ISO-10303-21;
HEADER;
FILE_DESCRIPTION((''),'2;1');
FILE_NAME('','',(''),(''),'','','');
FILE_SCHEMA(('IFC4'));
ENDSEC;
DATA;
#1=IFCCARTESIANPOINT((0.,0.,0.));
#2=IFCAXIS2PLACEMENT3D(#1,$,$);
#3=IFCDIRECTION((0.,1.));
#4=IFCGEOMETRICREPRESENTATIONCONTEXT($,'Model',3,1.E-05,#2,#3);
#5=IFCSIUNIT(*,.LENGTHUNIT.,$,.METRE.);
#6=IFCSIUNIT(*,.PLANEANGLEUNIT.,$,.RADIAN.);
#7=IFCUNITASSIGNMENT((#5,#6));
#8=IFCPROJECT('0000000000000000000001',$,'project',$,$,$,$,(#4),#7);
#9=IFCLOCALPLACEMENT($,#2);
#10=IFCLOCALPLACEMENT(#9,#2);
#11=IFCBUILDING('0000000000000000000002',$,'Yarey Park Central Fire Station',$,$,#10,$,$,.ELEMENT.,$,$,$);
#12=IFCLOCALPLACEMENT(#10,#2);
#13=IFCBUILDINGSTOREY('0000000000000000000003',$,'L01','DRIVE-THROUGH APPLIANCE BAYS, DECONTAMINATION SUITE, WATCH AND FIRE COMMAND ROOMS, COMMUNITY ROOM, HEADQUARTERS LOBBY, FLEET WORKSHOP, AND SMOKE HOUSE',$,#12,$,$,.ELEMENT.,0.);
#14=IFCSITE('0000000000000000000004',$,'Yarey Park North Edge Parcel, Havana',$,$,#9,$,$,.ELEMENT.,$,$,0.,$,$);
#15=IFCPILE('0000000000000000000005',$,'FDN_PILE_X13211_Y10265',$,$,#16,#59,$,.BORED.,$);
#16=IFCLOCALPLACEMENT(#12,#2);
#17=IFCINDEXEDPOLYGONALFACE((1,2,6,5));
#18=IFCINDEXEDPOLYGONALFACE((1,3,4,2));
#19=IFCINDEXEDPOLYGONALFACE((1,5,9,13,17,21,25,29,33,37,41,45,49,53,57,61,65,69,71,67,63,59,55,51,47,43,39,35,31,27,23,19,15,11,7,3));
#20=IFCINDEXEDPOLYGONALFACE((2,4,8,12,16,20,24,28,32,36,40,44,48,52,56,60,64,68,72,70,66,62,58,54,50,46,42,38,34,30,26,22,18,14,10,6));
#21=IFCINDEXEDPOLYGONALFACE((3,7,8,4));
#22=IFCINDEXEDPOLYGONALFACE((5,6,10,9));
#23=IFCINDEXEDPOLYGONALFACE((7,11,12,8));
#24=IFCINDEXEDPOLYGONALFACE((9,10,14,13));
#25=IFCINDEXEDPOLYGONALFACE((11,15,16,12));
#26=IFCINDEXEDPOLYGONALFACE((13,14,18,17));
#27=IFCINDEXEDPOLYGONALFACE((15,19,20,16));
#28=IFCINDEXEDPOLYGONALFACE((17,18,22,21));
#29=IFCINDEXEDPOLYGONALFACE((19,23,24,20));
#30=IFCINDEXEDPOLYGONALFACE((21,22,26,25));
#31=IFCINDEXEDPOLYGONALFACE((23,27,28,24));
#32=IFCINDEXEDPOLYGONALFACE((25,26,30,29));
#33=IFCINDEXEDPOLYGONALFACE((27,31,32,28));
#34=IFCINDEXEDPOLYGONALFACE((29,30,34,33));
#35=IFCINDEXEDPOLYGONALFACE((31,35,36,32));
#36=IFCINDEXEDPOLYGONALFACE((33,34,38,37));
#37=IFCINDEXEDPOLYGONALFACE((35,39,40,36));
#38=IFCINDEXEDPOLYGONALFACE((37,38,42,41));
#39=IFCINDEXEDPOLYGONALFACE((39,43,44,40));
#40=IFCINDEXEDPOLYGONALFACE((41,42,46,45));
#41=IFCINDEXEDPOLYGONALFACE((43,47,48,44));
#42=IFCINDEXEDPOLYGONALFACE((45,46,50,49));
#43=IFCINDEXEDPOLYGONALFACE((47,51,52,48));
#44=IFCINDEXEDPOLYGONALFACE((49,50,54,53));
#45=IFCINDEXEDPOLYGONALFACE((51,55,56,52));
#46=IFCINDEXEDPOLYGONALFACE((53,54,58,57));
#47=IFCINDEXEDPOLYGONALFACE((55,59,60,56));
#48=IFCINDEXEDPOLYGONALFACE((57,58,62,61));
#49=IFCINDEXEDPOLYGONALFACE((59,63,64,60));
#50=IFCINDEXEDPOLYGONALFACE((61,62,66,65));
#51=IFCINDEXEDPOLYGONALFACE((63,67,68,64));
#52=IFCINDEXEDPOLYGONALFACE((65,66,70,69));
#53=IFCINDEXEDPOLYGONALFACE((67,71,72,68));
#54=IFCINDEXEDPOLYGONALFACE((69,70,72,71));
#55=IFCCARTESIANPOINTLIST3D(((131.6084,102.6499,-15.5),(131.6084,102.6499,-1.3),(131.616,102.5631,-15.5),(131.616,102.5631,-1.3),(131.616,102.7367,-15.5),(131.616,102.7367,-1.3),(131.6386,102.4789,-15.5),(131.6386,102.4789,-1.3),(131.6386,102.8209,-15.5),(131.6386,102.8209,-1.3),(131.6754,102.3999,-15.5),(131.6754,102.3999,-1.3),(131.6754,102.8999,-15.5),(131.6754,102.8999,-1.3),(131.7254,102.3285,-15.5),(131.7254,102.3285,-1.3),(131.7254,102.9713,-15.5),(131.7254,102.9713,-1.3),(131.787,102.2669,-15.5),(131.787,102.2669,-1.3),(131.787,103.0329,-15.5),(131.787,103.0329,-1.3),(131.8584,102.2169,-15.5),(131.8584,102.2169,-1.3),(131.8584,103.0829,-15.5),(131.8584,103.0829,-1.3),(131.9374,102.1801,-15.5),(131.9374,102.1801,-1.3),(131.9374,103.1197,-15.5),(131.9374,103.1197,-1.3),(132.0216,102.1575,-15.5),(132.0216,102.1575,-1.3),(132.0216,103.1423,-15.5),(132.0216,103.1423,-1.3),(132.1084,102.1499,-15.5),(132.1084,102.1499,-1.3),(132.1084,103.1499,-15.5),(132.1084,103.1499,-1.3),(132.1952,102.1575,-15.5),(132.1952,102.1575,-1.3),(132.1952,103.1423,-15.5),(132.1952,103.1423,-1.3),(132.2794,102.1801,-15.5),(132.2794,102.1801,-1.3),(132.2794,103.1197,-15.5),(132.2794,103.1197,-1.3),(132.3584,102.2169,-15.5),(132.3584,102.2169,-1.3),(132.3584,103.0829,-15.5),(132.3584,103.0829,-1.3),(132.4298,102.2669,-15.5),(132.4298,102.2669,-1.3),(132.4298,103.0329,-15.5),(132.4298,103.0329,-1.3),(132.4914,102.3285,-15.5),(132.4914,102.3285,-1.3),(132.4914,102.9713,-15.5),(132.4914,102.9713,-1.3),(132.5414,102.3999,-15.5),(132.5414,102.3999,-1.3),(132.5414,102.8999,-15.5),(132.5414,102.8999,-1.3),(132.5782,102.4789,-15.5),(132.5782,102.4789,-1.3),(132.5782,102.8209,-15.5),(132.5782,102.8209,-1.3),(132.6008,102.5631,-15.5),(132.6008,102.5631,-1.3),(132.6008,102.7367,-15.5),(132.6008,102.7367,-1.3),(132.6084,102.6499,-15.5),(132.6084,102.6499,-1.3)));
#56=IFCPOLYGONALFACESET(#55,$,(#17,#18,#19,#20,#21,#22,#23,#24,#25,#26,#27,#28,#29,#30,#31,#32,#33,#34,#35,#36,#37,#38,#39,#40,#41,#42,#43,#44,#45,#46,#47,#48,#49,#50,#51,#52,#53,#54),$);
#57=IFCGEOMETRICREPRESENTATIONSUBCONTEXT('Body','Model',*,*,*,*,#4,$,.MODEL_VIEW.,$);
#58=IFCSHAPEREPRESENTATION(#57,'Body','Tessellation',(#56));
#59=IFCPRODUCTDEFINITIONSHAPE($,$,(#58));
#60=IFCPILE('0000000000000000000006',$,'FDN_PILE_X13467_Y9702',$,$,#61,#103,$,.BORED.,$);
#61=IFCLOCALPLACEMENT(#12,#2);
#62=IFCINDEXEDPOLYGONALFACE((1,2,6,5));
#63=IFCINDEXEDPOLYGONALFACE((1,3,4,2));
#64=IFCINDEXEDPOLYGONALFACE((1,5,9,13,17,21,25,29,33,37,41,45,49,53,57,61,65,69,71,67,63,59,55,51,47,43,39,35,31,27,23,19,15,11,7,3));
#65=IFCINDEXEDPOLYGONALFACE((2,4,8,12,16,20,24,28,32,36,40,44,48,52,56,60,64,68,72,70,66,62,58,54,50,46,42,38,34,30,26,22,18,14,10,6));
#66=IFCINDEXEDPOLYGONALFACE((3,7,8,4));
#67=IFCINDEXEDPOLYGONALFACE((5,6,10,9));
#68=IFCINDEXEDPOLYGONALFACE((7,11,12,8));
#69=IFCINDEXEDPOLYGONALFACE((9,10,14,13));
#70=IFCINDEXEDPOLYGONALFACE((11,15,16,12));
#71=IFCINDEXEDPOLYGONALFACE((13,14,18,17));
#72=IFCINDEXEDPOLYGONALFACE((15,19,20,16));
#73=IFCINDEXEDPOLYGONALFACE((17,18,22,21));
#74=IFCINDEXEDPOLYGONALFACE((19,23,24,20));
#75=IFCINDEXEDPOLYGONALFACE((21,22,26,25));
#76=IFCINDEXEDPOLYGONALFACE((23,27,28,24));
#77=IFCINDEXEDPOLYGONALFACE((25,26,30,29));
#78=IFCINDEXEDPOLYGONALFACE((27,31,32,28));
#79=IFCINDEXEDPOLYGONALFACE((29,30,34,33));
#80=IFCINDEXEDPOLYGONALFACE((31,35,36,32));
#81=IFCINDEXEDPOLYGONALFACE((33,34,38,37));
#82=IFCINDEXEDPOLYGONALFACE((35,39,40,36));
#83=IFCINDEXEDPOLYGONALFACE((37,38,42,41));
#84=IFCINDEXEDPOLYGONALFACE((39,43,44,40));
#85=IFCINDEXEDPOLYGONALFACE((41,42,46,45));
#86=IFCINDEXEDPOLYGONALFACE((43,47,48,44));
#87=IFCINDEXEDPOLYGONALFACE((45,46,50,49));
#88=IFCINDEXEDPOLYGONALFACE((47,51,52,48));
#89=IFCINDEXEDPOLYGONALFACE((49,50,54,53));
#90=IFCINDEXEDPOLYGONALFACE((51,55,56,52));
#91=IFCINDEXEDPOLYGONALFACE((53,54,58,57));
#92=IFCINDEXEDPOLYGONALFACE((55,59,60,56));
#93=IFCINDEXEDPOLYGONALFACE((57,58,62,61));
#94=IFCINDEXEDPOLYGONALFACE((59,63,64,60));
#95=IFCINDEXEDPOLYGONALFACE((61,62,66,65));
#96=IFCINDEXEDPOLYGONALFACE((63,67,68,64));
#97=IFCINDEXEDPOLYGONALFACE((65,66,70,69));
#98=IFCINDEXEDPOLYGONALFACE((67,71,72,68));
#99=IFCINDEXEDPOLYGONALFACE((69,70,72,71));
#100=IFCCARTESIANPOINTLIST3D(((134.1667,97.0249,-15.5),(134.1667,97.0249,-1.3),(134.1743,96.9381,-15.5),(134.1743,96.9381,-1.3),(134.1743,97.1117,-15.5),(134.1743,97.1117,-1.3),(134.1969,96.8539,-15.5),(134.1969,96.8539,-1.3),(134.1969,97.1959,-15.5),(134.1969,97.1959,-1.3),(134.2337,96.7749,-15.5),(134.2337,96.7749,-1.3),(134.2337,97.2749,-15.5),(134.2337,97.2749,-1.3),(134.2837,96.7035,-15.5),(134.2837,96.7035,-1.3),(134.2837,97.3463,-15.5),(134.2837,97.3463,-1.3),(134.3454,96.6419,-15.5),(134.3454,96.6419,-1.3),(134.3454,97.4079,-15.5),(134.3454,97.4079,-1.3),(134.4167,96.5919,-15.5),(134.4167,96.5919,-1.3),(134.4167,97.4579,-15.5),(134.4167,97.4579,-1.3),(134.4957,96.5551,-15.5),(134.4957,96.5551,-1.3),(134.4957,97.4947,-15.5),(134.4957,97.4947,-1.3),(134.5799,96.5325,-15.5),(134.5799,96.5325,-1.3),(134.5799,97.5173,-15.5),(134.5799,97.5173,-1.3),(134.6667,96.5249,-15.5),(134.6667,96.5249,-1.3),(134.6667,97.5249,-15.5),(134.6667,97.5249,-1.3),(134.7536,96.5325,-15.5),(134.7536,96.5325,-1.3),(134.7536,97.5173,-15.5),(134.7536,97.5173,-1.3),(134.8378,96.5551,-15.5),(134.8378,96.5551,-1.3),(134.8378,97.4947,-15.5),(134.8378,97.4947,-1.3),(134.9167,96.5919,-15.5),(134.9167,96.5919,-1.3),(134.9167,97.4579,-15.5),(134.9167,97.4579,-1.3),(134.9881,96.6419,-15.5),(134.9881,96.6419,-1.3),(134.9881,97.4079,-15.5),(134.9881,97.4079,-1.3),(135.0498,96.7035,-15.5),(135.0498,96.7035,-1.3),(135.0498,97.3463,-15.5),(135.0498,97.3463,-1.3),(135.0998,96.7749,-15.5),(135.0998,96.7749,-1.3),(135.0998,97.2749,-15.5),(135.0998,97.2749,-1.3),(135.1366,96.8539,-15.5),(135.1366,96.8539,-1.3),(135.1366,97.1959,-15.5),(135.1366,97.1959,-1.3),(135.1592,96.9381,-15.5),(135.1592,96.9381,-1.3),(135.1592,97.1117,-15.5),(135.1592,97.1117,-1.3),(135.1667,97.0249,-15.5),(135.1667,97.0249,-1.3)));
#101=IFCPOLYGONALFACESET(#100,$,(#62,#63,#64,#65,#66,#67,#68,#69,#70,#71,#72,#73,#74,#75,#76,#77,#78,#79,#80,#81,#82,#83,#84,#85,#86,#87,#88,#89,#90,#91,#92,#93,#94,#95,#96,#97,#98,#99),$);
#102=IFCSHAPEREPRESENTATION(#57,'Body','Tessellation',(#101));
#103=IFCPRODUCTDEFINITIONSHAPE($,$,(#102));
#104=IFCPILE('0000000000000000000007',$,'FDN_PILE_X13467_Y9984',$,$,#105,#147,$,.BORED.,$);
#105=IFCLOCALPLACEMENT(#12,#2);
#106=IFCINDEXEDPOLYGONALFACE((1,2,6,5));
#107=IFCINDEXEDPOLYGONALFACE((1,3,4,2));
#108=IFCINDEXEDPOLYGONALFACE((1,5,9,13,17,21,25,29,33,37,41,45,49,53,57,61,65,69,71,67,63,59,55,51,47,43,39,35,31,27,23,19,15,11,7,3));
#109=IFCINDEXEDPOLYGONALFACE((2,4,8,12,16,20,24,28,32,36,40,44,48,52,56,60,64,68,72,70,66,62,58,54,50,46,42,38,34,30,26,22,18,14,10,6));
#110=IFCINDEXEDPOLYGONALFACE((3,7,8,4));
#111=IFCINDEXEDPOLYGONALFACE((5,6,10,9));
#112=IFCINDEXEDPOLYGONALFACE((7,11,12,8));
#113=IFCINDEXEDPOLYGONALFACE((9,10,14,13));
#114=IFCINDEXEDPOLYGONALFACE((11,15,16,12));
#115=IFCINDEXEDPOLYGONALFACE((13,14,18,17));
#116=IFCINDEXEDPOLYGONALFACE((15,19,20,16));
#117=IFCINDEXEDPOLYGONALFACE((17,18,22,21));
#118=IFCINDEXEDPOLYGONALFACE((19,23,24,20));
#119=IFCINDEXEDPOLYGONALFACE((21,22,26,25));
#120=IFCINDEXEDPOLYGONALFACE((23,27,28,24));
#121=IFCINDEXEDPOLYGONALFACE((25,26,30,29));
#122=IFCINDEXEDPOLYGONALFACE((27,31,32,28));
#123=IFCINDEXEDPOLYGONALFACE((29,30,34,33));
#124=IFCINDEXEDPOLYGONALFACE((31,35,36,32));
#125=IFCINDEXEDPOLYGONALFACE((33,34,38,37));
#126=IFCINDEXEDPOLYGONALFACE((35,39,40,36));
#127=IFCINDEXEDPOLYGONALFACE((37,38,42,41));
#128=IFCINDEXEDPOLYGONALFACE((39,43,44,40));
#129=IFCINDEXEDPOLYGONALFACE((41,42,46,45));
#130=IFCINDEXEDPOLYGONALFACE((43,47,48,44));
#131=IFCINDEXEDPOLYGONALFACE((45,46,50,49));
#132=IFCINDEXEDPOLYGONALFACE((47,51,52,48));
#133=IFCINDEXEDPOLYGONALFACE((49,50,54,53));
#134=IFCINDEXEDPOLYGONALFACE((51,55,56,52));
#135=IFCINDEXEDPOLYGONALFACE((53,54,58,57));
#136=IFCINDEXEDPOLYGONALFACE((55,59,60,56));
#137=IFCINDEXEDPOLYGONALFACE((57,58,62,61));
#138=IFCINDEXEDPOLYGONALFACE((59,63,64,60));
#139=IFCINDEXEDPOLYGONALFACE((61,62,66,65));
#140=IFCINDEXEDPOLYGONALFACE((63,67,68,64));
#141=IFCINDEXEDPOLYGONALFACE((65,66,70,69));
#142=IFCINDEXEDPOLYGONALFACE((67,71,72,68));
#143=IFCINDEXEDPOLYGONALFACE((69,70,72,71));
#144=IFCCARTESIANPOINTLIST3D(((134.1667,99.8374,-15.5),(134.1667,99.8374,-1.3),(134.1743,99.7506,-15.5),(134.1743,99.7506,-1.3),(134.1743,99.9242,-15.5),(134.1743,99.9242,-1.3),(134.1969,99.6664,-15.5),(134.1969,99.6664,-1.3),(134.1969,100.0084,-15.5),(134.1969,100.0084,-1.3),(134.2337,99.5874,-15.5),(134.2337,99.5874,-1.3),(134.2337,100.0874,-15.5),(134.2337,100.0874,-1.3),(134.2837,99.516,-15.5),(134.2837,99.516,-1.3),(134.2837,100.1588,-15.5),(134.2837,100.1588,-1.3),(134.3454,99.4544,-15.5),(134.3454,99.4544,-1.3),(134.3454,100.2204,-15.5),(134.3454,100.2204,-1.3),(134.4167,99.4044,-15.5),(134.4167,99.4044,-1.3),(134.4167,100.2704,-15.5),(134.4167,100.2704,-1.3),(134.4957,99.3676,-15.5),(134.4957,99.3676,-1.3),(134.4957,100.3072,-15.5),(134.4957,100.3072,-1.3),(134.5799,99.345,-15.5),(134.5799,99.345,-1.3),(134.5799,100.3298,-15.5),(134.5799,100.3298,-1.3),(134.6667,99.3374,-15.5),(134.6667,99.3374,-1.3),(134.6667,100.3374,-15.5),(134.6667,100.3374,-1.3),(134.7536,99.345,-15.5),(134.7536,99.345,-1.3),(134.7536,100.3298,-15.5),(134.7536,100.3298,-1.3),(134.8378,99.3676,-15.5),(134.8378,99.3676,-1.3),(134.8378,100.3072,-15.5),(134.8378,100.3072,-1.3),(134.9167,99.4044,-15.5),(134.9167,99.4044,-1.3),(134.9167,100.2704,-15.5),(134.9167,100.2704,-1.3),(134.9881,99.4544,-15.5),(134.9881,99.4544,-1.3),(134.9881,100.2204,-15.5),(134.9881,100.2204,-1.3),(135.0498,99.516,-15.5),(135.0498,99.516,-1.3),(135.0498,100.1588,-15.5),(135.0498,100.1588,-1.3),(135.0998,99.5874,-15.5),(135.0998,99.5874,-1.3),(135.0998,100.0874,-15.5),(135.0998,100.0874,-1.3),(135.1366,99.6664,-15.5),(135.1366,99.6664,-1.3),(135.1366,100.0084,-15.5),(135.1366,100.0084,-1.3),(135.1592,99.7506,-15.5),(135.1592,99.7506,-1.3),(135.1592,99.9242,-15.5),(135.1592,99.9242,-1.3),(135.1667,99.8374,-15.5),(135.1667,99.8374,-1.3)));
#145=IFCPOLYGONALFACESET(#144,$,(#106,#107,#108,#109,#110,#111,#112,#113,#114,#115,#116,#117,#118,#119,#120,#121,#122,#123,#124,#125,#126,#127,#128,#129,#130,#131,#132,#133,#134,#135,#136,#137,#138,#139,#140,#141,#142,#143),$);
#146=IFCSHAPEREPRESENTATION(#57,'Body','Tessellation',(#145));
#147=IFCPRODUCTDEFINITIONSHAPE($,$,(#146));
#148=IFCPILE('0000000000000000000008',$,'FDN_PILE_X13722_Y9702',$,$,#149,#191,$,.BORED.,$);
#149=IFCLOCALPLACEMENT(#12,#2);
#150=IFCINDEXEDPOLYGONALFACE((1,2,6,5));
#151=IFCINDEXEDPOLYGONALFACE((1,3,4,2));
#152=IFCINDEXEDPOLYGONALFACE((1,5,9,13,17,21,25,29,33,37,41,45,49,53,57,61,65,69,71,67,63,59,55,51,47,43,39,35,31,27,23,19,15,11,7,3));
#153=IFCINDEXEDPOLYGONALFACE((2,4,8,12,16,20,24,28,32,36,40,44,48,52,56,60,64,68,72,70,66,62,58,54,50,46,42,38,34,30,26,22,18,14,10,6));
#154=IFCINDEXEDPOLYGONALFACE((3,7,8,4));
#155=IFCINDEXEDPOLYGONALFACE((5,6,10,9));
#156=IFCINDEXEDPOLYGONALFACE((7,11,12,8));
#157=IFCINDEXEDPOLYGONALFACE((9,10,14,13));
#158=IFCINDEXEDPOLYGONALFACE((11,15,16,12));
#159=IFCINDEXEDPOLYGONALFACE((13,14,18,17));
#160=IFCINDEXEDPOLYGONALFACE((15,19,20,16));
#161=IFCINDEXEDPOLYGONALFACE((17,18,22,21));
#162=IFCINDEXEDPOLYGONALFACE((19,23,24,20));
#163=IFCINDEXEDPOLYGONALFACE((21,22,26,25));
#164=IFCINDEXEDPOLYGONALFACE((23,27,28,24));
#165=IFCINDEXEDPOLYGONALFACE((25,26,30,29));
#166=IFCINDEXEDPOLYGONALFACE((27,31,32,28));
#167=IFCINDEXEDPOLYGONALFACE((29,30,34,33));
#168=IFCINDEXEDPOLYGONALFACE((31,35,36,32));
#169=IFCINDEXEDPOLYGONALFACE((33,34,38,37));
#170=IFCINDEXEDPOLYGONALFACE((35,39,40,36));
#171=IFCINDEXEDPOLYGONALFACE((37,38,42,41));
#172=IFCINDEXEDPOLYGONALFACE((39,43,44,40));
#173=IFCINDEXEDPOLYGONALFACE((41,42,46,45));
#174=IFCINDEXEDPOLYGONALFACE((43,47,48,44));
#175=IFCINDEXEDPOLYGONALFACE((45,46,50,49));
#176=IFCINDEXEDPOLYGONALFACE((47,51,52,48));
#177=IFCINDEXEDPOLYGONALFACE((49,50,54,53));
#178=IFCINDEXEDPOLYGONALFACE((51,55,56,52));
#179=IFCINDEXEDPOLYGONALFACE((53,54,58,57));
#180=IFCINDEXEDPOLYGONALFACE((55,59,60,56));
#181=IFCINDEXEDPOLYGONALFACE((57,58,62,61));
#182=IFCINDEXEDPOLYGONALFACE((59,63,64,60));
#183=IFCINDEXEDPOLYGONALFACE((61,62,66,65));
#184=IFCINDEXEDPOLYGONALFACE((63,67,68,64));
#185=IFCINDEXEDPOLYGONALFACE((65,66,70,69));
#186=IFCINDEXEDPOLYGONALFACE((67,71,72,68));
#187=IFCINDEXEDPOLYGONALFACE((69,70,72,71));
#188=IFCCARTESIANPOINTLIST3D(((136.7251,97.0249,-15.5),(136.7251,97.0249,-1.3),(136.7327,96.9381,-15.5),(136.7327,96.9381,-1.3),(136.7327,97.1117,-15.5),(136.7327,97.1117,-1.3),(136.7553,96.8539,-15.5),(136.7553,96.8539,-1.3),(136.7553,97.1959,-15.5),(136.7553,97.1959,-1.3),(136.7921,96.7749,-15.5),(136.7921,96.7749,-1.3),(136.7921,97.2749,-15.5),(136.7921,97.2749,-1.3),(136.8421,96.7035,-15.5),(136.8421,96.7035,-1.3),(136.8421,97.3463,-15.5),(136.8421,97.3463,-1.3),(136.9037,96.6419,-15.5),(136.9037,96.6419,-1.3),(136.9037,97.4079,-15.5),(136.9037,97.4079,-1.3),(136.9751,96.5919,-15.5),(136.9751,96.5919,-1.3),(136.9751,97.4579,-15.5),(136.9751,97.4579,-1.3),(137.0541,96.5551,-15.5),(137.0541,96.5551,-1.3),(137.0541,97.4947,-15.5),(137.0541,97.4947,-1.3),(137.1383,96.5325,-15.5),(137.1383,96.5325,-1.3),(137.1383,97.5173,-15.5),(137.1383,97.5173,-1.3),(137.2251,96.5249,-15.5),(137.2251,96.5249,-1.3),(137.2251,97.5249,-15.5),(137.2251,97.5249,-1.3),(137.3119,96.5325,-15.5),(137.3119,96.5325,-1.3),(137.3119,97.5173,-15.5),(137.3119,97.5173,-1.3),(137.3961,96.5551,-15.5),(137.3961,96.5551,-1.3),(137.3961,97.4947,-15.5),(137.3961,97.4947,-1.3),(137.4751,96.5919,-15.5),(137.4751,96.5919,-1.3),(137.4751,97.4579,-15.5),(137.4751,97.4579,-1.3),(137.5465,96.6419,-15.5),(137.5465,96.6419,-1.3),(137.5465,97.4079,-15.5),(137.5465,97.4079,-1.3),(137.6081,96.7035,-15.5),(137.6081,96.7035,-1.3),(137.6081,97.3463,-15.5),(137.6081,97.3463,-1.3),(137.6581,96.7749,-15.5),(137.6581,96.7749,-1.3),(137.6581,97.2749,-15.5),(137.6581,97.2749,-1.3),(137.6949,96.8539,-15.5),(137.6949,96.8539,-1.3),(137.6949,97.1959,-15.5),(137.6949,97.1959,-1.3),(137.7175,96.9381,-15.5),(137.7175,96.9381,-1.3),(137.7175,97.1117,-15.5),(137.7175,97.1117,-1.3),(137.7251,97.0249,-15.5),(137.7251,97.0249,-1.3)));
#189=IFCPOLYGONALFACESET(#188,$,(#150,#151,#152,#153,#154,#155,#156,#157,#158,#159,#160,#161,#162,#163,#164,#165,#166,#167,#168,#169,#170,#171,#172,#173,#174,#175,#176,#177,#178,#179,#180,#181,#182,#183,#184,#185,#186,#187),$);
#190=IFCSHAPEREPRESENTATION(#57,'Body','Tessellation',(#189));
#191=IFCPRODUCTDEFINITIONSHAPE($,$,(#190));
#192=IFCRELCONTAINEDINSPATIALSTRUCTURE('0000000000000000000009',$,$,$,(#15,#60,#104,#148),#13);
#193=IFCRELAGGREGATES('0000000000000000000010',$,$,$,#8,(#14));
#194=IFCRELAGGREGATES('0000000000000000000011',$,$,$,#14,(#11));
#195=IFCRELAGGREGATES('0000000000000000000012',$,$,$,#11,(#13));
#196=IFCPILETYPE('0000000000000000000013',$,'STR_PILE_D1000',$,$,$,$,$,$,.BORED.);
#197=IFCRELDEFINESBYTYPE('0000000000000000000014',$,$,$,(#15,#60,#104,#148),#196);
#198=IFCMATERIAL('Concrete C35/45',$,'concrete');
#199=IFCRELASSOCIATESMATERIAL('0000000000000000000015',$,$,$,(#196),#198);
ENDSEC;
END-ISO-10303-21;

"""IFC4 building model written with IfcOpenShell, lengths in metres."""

from ifc_helpers import new_model, si_unit, direction, frame, origin, origin_2d, place, context, subcontext, project, spatial, circle, extrude, material, material_profile, profile_set, type_object, element, save


model = new_model("IFC4")

# Units and contexts
model_context = context("Model", 3, precision=1e-05, world=origin(), true_north=direction((0.0, 1.0)))
body_context = subcontext(model_context, "Body", "Model", "MODEL_VIEW")
ifc_project = project(units=[si_unit("LENGTHUNIT", "METRE"), si_unit("PLANEANGLEUNIT", "RADIAN")], contexts=[model_context])

# Site, building, storey
site_placement = place(None, origin())
site = spatial("IfcSite", under=ifc_project, at=site_placement, Name="Yarey Park North Edge Parcel, Havana", CompositionType="ELEMENT", RefElevation=0.0)
building_placement = place(site_placement, origin())
building = spatial("IfcBuilding", under=site, at=building_placement, Name="Yarey Park Central Fire Station", CompositionType="ELEMENT")
storey_placement = place(building_placement, origin())
storey = spatial("IfcBuildingStorey", under=building, at=storey_placement, Name="L01", Description="DRIVE-THROUGH APPLIANCE BAYS, DECONTAMINATION SUITE, WATCH AND FIRE COMMAND ROOMS, COMMUNITY ROOM, HEADQUARTERS LOBBY, FLEET WORKSHOP, AND SMOKE HOUSE", CompositionType="ELEMENT", Elevation=0.0)

# Shared definitions
ifc_material_1 = material(Name="Concrete C35/45", Category="concrete")

# Piles
ifc_material_profile_1 = material_profile(ifc_material_1, circle(Radius=0.5, at=origin_2d()), Name="BORED PILE D1000")
ifc_profile_set_1 = profile_set([ifc_material_profile_1], Name="Concrete C35/45")
pile_type = type_object("IfcPileType", Name="STR_PILE_D1000", PredefinedType="BORED", material=ifc_profile_set_1)
for number, where, z_axis, x_axis, name in (
    (1, (132.1084, 102.6499, -1.3), (0.0, 0.0, -1.0), (1.0, 0.0, 0.0), "FDN_PILE_X13211_Y10265"),
    (2, (134.6667, 97.0249, -1.3), (0.0, 0.0, -1.0), (1.0, 0.0, 0.0), "FDN_PILE_X13467_Y9702"),
    (3, (134.6667, 99.8374, -1.3), (0.0, 0.0, -1.0), (1.0, 0.0, 0.0), "FDN_PILE_X13467_Y9984"),
    (4, (137.2251, 97.0249, -1.3), (0.0, 0.0, -1.0), (1.0, 0.0, 0.0), "FDN_PILE_X13722_Y9702"),
):
    element("IfcPile", number, at=place(storey_placement, frame(where, z_axis=z_axis, x_axis=x_axis)), inside=storey, type_object=pile_type, Name=name, PredefinedType="BORED", context=body_context, shape_type="SweptSolid", body=[
        extrude(circle(Radius=0.5, at=origin_2d()), origin(), (0.0, 0.0, 1.0), 14.2),
    ])

save(model, "model.ifc")
